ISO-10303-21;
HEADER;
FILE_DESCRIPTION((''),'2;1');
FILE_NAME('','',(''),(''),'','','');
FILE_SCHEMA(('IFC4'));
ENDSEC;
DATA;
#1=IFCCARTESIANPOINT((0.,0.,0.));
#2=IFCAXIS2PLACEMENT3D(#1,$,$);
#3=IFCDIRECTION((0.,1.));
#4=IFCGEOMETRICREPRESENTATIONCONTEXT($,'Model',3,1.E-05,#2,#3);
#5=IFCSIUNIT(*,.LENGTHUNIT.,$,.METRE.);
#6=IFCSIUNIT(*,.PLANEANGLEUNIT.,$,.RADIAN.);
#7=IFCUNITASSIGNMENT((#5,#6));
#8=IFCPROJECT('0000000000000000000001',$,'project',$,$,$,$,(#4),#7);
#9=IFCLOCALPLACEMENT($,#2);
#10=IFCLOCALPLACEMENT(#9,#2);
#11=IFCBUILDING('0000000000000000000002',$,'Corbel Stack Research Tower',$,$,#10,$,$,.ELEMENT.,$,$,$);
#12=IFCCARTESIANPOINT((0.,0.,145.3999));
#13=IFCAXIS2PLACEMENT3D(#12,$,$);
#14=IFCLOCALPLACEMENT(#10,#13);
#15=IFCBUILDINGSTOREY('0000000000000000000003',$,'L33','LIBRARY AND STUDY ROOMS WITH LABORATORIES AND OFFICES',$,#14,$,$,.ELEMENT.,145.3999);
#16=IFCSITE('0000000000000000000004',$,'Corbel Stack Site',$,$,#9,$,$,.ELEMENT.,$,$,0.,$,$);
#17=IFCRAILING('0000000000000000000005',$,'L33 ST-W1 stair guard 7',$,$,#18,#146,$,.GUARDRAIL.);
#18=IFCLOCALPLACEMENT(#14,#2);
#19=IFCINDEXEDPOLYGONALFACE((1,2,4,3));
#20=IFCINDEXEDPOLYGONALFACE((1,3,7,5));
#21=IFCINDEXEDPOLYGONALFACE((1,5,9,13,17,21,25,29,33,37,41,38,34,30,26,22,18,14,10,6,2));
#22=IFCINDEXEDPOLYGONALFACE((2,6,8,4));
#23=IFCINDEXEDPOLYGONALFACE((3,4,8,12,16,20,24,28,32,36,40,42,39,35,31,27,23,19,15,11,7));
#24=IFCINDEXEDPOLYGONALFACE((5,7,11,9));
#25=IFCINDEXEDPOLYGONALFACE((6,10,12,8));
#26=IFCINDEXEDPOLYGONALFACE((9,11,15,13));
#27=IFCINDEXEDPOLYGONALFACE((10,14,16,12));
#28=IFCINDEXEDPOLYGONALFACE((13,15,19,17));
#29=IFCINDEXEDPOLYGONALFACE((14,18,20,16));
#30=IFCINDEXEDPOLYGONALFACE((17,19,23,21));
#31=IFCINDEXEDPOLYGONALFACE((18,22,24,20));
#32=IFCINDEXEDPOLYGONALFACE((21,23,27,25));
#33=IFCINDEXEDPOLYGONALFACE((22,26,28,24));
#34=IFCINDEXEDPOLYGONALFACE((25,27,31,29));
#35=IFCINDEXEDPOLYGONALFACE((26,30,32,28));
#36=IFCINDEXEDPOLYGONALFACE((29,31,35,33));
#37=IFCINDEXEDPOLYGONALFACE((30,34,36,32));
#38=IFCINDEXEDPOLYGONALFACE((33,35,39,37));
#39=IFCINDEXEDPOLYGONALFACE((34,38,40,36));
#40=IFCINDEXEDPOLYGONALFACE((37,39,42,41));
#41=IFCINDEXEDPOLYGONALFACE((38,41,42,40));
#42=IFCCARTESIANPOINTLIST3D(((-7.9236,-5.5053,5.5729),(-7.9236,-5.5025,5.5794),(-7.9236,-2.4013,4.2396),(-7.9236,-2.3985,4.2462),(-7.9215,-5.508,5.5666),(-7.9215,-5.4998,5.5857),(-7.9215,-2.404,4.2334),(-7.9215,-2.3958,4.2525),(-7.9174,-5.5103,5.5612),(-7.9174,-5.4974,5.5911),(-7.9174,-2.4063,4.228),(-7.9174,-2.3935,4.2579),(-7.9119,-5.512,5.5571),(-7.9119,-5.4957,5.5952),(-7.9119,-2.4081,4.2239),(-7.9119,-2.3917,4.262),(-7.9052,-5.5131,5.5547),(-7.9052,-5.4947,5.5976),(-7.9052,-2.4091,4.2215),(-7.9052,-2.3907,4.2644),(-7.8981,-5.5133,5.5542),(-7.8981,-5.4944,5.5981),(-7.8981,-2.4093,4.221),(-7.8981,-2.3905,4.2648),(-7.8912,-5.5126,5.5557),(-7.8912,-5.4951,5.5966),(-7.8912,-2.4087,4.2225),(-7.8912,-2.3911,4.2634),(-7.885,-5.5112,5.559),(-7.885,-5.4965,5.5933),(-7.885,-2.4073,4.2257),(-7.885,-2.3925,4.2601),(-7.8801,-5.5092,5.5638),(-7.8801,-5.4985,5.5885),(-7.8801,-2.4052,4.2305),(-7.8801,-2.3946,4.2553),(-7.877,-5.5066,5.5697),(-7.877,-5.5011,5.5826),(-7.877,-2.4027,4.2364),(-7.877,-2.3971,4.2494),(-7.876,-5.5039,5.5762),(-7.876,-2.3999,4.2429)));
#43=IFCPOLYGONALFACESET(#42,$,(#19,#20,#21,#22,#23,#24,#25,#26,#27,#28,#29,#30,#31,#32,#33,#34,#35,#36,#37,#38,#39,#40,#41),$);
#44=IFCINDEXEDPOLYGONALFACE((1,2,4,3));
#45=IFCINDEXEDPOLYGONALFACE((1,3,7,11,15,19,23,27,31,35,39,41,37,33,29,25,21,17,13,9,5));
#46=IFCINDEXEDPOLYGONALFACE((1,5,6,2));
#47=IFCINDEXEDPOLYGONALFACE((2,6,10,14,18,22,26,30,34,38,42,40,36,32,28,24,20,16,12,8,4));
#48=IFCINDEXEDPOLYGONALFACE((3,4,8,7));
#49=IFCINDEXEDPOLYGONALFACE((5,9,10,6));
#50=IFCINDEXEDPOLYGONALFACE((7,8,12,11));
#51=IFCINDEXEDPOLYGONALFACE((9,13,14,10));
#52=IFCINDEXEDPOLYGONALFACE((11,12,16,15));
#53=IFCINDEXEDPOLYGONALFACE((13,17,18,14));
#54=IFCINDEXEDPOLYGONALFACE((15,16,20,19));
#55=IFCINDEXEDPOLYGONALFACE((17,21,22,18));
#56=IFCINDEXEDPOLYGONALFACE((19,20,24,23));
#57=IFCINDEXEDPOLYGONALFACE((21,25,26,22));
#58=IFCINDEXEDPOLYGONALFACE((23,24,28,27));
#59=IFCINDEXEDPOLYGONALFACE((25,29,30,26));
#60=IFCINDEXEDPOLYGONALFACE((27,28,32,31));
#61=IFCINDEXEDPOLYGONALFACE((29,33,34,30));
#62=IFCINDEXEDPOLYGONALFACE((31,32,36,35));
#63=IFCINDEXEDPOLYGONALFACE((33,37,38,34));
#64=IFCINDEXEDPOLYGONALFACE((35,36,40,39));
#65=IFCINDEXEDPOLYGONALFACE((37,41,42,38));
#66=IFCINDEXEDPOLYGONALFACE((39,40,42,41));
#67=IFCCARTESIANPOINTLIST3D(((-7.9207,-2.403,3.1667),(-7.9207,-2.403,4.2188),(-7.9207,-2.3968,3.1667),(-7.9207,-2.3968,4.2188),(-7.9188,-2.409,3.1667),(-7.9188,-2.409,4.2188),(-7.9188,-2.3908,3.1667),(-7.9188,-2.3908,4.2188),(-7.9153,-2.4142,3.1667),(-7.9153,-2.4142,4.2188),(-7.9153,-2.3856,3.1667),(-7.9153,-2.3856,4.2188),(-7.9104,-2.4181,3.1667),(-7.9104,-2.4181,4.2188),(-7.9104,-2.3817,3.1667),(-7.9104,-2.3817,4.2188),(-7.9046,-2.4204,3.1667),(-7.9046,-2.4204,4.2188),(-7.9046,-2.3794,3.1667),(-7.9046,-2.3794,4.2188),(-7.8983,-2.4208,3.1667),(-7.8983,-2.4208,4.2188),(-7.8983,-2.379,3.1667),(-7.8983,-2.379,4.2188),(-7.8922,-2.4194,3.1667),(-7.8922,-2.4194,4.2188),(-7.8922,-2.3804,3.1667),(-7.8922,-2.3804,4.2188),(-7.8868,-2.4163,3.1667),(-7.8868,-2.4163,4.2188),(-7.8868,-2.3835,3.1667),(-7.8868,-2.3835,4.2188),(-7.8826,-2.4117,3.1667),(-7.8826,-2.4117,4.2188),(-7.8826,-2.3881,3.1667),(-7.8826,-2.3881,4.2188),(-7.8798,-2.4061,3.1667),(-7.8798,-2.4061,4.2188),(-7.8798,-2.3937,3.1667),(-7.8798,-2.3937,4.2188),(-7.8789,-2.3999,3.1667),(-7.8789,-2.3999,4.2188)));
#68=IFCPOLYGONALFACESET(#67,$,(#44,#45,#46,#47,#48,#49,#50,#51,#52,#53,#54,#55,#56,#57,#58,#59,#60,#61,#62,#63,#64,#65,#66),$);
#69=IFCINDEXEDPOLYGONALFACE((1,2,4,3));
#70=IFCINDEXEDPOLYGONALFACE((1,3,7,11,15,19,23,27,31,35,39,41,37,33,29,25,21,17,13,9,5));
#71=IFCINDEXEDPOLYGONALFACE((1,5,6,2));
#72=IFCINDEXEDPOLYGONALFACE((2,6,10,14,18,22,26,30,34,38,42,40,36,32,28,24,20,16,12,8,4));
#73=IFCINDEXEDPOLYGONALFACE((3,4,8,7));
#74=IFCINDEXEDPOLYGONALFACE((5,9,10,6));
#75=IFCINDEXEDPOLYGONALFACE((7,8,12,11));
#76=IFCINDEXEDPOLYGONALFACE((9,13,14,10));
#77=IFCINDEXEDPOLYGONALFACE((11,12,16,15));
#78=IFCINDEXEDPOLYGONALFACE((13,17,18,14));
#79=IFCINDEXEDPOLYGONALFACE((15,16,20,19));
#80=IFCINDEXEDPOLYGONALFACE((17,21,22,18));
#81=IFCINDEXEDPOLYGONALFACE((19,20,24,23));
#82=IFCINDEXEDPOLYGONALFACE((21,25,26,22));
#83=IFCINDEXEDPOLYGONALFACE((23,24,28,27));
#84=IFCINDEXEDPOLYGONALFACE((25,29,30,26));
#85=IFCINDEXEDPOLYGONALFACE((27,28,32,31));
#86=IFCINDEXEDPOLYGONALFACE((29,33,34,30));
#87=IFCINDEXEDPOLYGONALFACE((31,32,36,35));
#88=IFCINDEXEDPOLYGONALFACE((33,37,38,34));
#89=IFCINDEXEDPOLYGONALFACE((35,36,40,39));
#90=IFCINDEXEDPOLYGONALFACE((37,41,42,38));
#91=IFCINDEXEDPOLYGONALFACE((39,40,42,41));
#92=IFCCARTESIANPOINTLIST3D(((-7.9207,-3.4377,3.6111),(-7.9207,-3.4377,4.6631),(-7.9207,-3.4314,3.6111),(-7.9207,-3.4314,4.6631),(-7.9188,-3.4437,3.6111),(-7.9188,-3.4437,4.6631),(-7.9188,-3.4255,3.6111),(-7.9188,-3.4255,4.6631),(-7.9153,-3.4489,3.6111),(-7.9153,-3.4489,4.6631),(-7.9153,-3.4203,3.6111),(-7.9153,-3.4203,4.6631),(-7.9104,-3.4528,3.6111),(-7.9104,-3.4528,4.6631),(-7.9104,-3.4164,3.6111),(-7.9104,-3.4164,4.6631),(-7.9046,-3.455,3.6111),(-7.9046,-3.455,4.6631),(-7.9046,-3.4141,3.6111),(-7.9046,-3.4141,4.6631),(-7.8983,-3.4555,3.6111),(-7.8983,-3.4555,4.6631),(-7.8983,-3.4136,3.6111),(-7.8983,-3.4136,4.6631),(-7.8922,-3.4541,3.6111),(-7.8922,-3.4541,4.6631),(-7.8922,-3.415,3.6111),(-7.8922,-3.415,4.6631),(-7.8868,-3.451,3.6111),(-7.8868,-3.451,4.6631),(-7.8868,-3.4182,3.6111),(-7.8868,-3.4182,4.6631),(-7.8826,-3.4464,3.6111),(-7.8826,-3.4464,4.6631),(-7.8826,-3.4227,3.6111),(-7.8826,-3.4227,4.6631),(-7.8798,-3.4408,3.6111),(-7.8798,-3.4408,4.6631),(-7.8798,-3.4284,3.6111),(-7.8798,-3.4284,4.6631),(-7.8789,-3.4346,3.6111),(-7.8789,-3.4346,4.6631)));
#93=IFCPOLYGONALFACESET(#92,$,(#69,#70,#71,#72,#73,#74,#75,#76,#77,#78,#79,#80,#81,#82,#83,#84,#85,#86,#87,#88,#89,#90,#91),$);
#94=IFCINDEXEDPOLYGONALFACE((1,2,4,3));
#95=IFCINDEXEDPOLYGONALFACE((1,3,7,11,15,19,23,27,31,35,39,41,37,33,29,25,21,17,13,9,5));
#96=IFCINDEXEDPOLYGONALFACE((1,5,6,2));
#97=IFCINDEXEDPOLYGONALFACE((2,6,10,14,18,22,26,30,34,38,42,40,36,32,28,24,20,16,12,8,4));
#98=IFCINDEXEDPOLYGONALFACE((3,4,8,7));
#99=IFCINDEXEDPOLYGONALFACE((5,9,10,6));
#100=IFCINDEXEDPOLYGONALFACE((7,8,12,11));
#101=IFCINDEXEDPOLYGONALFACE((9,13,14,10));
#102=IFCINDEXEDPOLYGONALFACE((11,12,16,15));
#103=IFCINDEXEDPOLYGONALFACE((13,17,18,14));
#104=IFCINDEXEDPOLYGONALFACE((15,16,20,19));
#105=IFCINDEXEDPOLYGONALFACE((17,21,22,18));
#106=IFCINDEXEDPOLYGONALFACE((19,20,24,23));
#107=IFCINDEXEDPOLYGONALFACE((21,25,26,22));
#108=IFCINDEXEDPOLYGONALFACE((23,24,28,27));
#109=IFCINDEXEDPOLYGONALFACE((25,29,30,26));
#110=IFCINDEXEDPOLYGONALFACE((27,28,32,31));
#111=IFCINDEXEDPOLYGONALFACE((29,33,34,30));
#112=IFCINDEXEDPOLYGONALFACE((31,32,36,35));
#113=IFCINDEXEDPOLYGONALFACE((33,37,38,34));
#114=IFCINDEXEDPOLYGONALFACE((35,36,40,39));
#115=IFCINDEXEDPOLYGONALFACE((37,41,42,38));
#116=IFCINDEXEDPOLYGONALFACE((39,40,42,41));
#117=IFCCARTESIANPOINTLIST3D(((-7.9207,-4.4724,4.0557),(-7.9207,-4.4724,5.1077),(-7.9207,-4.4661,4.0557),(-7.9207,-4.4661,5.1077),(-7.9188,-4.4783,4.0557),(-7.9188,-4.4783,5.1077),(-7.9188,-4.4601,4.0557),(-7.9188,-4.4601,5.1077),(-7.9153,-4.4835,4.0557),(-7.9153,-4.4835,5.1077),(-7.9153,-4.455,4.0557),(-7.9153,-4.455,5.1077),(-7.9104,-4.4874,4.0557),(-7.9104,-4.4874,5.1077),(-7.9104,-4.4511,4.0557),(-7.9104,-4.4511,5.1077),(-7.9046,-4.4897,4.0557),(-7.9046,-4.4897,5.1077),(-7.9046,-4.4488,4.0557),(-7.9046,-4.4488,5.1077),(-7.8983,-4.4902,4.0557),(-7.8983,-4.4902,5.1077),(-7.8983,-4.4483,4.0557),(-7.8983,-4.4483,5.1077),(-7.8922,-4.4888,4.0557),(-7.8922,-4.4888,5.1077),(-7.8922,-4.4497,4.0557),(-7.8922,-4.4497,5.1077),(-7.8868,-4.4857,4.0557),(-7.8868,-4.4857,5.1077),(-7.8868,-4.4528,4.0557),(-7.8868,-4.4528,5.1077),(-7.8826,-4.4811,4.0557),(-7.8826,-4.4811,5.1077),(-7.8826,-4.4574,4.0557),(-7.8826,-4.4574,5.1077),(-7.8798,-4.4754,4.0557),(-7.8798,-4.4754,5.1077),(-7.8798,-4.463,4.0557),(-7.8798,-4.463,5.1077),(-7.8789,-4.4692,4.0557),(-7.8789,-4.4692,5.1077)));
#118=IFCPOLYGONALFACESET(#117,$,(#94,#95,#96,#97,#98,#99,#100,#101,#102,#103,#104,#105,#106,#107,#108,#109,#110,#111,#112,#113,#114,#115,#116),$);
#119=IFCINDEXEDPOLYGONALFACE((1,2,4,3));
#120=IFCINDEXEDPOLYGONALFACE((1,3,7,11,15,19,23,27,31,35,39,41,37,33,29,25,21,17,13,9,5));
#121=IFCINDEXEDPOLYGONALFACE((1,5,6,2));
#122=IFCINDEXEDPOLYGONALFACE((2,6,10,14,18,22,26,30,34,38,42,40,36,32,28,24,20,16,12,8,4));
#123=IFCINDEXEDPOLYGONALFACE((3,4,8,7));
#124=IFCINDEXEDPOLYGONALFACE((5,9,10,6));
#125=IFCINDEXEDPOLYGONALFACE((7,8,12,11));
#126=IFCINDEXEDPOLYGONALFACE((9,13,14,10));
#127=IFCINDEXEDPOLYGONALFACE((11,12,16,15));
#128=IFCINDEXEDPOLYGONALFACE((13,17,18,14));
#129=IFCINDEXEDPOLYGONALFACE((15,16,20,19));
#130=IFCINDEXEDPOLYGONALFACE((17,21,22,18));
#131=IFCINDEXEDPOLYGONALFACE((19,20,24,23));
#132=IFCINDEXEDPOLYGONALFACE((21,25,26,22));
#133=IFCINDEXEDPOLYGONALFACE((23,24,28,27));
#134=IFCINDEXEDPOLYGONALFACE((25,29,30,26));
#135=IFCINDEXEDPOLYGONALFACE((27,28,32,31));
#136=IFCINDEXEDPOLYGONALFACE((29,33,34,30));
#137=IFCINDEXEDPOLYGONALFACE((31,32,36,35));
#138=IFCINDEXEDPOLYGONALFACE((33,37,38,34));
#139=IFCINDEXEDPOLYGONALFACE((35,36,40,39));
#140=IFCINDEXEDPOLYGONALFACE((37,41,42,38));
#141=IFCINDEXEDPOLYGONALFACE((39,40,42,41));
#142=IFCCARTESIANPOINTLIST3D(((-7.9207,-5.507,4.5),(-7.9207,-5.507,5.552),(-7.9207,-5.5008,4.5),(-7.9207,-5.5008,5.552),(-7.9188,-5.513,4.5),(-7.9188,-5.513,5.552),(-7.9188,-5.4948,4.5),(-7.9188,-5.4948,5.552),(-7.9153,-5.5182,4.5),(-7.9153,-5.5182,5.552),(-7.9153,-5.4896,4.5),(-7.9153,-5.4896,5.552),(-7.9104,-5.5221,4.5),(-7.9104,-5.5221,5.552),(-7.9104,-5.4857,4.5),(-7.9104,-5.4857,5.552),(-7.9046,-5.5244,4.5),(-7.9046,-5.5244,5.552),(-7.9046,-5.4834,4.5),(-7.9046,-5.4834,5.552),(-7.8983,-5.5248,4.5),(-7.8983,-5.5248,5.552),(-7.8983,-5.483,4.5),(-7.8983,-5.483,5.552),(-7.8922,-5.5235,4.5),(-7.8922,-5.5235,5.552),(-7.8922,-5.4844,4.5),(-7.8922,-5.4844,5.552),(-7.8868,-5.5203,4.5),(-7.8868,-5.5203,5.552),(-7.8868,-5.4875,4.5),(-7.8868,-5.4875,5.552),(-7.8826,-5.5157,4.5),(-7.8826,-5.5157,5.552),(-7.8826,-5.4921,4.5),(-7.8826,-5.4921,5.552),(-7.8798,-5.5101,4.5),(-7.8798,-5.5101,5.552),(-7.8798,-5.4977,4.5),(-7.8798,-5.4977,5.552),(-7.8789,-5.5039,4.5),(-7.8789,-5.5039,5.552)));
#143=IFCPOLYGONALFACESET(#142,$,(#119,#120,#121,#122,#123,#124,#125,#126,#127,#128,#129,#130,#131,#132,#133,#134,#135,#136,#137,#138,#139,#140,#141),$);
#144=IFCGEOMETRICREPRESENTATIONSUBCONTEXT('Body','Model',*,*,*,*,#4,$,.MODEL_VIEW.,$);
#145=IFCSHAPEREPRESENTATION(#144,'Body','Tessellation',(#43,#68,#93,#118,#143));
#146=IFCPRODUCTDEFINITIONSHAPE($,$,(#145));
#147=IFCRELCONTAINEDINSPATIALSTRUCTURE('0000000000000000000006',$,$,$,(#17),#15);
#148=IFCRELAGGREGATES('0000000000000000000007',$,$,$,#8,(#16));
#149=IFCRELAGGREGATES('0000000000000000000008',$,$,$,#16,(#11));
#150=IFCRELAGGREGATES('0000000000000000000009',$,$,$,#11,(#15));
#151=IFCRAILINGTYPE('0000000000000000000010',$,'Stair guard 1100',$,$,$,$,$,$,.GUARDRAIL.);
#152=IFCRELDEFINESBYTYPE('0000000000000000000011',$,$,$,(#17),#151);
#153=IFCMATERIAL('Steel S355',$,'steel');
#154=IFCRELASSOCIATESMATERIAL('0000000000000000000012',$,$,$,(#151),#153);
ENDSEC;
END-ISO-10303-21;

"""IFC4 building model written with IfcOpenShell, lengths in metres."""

from ifc_helpers import new_model, si_unit, direction, frame, origin, origin_2d, place, context, subcontext, project, spatial, circle, extrude, material, type_object, element, save


model = new_model("IFC4")

# Units and contexts
model_context = context("Model", 3, precision=1e-05, world=origin(), true_north=direction((0.0, 1.0)))
body_context = subcontext(model_context, "Body", "Model", "MODEL_VIEW")
ifc_project = project(units=[si_unit("LENGTHUNIT", "METRE"), si_unit("PLANEANGLEUNIT", "RADIAN")], contexts=[model_context])

# Site, building, storey
site_placement = place(None, origin())
site = spatial("IfcSite", under=ifc_project, at=site_placement, Name="Corbel Stack Site", CompositionType="ELEMENT", RefElevation=0.0)
building_placement = place(site_placement, origin())
building = spatial("IfcBuilding", under=site, at=building_placement, Name="Corbel Stack Research Tower", CompositionType="ELEMENT")
storey_placement = place(building_placement, frame((0.0, 0.0, 145.3999)))
storey = spatial("IfcBuildingStorey", under=building, at=storey_placement, Name="L33", Description="LIBRARY AND STUDY ROOMS WITH LABORATORIES AND OFFICES", CompositionType="ELEMENT", Elevation=145.3999)

# Railing
ifc_material_1 = material(Name="Steel S355", Category="steel")
railing_type = type_object("IfcRailingType", Name="Stair guard 1100", PredefinedType="GUARDRAIL", material=ifc_material_1)
railing_1_placement = place(storey_placement, frame((-7.8999, -2.3999, 3.1667)))
element("IfcRailing", 1, at=railing_1_placement, inside=storey, type_object=railing_type, Name="L33 ST-W1 stair guard 7", PredefinedType="GUARDRAIL", context=body_context, shape_type="SweptSolid", body=[
    extrude(circle(Radius=0.0239, at=origin_2d()), frame((0.0, 0.0, 1.0762), z_axis=(0.0, -0.918827, 0.394661), x_axis=(1.0, 0.0, 0.0)), (0.0, 0.0, 1.0), 3.3782),
    extrude(circle(Radius=0.021, at=origin_2d()), origin(), (0.0, 0.0, 1.0), 1.052),
    extrude(circle(Radius=0.021, at=origin_2d()), frame((0.0, -1.0347, 0.4443)), (0.0, 0.0, 1.0), 1.052),
    extrude(circle(Radius=0.021, at=origin_2d()), frame((0.0, -2.0693, 0.8889)), (0.0, 0.0, 1.0), 1.052),
    extrude(circle(Radius=0.021, at=origin_2d()), frame((0.0, -3.104, 1.3333)), (0.0, 0.0, 1.0), 1.052),
])

save(model, "model.ifc")
